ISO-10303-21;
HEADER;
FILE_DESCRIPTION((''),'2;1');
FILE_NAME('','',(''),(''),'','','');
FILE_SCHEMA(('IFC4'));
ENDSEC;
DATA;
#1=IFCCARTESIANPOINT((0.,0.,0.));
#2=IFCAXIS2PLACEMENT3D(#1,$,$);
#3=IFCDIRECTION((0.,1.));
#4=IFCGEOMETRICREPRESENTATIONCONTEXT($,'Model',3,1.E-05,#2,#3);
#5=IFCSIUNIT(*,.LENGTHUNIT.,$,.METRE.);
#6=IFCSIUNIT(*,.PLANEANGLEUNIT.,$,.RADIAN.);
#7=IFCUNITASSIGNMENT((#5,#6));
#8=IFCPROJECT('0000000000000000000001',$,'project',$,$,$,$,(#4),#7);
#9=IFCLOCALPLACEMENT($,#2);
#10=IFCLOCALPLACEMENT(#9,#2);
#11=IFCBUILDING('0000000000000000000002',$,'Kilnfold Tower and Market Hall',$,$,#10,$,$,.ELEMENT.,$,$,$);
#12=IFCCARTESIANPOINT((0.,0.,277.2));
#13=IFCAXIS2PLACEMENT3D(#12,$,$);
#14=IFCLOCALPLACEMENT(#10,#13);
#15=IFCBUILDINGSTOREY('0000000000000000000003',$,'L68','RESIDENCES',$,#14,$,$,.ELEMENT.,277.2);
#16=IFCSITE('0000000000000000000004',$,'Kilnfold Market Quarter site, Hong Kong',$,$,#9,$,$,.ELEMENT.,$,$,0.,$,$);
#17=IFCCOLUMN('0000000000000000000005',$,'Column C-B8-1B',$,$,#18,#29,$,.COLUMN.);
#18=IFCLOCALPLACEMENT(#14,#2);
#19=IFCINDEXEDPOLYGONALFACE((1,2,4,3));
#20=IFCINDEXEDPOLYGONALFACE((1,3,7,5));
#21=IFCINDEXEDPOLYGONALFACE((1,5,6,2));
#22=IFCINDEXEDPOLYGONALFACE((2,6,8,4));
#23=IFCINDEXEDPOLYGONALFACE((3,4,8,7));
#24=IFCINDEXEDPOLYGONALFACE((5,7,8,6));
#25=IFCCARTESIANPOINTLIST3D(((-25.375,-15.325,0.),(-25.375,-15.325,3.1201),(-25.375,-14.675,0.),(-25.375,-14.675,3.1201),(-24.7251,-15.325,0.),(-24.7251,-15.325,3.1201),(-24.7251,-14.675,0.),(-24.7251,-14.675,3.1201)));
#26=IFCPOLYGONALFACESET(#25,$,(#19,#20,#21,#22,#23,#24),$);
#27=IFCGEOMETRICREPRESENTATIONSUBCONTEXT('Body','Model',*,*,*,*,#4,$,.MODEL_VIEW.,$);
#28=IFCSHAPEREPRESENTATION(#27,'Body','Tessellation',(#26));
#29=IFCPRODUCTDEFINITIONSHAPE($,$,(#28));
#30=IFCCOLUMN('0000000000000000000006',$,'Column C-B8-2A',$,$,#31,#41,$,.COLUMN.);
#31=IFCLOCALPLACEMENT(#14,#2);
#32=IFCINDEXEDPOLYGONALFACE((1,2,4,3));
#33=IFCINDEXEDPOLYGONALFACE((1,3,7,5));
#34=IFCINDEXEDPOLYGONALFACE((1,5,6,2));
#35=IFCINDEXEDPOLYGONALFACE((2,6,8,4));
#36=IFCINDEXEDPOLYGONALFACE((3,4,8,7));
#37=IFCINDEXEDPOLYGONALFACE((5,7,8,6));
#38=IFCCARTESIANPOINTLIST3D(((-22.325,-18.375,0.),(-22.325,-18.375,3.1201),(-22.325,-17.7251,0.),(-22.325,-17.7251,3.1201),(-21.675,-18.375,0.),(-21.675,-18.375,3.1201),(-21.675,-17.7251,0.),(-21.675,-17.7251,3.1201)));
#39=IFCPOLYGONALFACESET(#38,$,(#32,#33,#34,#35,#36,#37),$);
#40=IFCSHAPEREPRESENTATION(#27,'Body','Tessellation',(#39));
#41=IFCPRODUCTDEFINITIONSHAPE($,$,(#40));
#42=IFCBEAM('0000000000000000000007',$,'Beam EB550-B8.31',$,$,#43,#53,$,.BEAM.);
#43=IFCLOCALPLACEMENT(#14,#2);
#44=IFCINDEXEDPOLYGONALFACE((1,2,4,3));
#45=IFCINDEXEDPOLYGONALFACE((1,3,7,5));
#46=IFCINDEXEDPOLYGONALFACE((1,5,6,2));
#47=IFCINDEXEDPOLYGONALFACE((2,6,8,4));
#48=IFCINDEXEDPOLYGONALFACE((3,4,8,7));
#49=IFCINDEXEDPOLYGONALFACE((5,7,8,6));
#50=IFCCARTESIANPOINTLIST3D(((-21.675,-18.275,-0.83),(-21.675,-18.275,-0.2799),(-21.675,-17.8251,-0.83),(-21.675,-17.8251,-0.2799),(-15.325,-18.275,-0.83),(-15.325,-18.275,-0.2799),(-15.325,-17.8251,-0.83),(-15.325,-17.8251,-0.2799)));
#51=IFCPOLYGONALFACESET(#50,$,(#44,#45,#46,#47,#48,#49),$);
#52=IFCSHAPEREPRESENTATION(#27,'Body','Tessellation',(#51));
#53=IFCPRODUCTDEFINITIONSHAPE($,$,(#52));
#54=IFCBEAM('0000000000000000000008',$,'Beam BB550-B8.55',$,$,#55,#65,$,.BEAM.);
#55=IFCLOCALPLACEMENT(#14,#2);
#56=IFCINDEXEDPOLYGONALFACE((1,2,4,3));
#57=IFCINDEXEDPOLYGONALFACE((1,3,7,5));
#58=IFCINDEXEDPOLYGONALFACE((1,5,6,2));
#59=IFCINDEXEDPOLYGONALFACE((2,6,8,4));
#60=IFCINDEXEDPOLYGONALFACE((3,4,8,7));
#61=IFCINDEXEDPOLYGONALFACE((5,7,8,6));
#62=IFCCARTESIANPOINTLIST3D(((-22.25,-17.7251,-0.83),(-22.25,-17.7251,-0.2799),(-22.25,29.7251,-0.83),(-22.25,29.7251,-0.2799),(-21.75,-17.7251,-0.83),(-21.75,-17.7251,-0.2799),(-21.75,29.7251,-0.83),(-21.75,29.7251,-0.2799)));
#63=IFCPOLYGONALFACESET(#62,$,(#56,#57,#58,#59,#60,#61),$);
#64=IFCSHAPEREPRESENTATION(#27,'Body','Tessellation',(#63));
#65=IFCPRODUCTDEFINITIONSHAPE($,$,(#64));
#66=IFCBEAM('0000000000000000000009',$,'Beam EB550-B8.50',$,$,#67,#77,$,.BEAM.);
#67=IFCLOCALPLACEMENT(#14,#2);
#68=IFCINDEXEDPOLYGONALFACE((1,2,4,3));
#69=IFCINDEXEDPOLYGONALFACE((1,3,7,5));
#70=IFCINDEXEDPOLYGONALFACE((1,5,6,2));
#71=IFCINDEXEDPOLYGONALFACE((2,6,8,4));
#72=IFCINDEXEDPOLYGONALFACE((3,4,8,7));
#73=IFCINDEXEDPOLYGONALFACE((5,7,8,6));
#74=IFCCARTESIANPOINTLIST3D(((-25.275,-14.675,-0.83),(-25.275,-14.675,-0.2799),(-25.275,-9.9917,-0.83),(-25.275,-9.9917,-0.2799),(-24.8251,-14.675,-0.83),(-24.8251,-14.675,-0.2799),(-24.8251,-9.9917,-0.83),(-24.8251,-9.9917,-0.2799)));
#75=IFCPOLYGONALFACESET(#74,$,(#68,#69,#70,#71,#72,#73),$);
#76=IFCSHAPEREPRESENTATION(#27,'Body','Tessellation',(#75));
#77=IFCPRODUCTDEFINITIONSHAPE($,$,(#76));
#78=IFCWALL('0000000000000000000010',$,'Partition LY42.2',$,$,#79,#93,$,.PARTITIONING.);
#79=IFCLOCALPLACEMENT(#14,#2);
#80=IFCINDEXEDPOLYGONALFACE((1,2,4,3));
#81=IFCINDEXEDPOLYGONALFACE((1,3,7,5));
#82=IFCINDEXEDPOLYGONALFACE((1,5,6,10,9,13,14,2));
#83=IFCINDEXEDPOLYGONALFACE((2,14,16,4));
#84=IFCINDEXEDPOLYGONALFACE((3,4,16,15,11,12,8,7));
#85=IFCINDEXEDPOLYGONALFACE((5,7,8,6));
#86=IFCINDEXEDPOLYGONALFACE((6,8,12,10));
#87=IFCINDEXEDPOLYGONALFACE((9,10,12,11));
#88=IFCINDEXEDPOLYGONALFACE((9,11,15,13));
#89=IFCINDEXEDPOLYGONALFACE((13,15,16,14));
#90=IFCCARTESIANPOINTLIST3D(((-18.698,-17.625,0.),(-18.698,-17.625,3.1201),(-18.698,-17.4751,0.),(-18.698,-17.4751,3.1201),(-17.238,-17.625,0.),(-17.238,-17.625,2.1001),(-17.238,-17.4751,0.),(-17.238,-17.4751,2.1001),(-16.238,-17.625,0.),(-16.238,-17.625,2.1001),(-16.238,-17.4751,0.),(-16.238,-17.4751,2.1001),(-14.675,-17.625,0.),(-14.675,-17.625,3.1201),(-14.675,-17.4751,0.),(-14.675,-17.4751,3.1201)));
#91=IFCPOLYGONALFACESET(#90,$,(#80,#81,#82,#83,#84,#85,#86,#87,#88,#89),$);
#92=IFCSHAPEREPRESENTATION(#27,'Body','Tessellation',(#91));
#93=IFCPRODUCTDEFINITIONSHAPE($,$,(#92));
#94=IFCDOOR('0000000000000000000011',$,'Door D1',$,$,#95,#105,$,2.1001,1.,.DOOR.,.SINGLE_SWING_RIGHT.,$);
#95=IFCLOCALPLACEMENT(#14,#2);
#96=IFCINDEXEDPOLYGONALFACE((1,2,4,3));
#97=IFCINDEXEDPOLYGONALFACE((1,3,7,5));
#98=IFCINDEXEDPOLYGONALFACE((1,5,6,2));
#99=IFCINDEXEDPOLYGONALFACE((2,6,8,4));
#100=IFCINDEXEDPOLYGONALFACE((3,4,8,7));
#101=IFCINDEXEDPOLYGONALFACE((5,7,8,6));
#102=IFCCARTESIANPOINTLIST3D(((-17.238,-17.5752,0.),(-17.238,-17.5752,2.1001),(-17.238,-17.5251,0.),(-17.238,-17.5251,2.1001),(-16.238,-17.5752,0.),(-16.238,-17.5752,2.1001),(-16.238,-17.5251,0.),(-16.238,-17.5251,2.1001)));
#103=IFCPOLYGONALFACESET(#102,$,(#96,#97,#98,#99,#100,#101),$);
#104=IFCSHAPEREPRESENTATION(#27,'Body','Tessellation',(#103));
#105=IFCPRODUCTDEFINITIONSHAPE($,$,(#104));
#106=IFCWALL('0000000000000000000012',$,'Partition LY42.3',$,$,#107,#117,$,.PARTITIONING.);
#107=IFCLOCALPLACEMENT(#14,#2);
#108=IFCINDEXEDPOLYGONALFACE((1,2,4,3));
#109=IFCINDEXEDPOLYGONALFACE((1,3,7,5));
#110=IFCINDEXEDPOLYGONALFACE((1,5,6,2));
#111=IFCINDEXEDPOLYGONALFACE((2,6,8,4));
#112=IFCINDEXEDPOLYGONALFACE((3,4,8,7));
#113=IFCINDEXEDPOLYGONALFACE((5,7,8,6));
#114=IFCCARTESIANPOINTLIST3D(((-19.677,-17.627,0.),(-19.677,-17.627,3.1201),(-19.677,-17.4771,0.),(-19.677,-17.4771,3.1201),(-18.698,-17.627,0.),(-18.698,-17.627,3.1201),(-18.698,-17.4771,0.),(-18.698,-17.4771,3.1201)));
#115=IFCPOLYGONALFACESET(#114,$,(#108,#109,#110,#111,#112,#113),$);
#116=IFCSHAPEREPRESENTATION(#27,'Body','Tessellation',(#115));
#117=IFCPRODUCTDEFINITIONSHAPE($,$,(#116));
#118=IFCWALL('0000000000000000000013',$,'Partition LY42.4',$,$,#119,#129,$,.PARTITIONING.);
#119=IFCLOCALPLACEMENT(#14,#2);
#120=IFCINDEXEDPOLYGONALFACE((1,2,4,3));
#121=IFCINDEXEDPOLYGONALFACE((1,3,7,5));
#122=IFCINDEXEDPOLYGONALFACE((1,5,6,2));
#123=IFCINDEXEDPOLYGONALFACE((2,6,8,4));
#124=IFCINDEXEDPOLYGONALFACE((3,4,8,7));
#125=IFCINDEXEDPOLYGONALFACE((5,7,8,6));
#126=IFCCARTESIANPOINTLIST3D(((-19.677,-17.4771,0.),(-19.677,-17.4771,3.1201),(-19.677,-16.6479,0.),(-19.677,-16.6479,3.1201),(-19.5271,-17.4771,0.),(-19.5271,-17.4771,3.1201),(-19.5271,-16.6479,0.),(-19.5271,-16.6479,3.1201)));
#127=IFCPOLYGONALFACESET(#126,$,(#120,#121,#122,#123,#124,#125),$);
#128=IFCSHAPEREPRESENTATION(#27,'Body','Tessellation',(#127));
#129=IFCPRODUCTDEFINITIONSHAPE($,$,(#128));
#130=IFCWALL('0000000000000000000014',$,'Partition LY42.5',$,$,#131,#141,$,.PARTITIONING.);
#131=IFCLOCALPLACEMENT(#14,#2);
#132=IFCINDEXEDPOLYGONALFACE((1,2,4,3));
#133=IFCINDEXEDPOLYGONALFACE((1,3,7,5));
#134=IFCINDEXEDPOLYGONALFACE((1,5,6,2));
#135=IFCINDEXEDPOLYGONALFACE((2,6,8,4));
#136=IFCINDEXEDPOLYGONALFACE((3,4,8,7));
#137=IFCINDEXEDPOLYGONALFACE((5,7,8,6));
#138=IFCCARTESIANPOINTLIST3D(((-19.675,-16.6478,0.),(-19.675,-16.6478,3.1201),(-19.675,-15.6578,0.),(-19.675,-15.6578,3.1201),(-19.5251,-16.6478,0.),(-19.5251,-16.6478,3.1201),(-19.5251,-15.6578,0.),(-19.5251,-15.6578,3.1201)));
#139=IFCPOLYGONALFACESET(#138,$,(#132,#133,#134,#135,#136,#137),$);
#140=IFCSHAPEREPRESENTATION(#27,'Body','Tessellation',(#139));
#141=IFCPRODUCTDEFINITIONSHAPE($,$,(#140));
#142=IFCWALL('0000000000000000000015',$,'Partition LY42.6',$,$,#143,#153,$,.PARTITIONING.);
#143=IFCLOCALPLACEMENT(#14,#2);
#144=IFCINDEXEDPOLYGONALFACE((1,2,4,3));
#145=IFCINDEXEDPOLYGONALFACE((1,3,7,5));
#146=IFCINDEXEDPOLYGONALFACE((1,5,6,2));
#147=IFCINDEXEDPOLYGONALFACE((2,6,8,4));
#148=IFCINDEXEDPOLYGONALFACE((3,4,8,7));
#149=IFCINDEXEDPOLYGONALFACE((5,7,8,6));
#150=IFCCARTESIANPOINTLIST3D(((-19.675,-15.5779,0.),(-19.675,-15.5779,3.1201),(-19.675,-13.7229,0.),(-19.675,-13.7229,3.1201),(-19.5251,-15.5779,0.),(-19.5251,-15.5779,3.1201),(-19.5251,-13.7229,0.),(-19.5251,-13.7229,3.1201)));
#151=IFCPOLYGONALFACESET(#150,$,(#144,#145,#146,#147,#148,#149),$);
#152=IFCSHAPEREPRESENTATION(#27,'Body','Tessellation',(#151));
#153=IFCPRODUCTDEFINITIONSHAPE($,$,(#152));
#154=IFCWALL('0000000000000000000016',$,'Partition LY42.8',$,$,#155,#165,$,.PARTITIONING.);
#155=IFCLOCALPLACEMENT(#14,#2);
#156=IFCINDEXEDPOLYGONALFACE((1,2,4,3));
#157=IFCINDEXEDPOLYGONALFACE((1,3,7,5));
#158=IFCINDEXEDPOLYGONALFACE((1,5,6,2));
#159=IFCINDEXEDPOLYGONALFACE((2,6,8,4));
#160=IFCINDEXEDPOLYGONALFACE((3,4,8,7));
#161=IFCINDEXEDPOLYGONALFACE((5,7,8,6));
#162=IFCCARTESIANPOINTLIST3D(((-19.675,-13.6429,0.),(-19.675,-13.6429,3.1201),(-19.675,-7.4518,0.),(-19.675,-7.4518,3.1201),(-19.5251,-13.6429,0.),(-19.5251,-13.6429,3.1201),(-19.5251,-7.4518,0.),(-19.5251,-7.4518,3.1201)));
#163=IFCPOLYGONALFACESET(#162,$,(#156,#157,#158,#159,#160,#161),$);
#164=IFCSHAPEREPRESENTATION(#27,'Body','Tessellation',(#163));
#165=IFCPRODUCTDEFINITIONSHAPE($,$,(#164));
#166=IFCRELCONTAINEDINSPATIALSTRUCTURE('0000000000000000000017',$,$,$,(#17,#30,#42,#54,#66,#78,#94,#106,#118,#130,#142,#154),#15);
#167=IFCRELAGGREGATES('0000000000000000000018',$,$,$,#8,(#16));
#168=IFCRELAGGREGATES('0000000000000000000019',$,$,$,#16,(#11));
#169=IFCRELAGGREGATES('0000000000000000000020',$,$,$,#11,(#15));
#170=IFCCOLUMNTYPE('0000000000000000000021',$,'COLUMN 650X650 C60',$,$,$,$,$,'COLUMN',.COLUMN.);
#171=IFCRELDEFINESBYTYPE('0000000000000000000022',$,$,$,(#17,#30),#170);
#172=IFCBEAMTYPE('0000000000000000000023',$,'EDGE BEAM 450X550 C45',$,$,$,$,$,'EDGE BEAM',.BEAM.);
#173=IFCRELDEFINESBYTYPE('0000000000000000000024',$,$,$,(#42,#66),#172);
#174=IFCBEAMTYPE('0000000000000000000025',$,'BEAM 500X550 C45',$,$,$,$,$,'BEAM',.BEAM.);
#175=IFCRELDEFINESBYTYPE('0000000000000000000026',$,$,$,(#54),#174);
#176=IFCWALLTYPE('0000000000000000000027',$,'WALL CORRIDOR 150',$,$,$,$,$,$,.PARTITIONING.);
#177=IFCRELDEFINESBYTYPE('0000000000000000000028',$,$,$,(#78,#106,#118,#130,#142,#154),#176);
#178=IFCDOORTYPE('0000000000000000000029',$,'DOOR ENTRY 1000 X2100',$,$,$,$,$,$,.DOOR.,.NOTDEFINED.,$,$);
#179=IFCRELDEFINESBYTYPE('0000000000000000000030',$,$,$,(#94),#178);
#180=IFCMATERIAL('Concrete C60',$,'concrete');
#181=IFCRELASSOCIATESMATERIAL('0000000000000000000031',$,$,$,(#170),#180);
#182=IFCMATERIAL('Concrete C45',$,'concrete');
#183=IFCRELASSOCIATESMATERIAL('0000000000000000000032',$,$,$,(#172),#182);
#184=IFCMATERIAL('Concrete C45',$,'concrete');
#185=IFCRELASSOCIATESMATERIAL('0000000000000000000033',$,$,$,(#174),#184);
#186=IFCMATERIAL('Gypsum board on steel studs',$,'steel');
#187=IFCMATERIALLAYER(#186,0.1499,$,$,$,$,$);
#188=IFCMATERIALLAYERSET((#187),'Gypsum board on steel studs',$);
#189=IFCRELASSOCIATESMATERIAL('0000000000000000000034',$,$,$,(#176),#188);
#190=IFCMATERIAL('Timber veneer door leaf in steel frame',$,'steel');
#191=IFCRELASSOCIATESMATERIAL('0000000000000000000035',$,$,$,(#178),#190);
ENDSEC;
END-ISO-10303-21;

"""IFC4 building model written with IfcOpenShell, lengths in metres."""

from ifc_helpers import new_model, si_unit, direction, frame, frame_2d, origin, origin_2d, place, context, subcontext, project, spatial, rectangle, extrude, source, transform, mapped, material, layer, layer_set, material_profile, profile_set, type_object, element, fill, save


model = new_model("IFC4")

# Units and contexts
model_context = context("Model", 3, precision=1e-05, world=origin(), true_north=direction((0.0, 1.0)))
body_context = subcontext(model_context, "Body", "Model", "MODEL_VIEW")
ifc_project = project(units=[si_unit("LENGTHUNIT", "METRE"), si_unit("PLANEANGLEUNIT", "RADIAN")], contexts=[model_context])

# Site, building, storey
site_placement = place(None, origin())
site = spatial("IfcSite", under=ifc_project, at=site_placement, Name="Kilnfold Market Quarter site, Hong Kong", CompositionType="ELEMENT", RefElevation=0.0)
building_placement = place(site_placement, origin())
building = spatial("IfcBuilding", under=site, at=building_placement, Name="Kilnfold Tower and Market Hall", CompositionType="ELEMENT")
storey_placement = place(building_placement, frame((0.0, 0.0, 277.2)))
storey = spatial("IfcBuildingStorey", under=building, at=storey_placement, Name="L68", Description="RESIDENCES", CompositionType="ELEMENT", Elevation=277.2)

# Columns
ifc_material_1 = material(Name="Concrete C60", Category="concrete")
ifc_material_profile_1 = material_profile(ifc_material_1, rectangle(XDim=0.6499, YDim=0.6499, at=origin_2d()), Name="RC 650x650")
ifc_profile_set_1 = profile_set([ifc_material_profile_1], Name="Concrete C60")
column_type = type_object("IfcColumnType", Name="COLUMN 650X650 C60", ElementType="COLUMN", PredefinedType="COLUMN", material=ifc_profile_set_1)
shared_shape_1 = source(origin(), body_context, "Body", "SweptSolid", [
    extrude(rectangle(XDim=0.6499, YDim=0.6499, at=origin_2d()), origin(), (0.0, 0.0, 1.0), 3.1201),
])
for number, where, z_axis, x_axis, name in (
    (1, (-25.05, -15.0, 0.0), (0.0, 0.0, 1.0), (1.0, 0.0, 0.0), "Column C-B8-1B"),
    (2, (-22.0, -18.05, 0.0), (0.0, 0.0, 1.0), (1.0, 0.0, 0.0), "Column C-B8-2A"),
):
    element("IfcColumn", number, at=place(storey_placement, frame(where, z_axis=z_axis, x_axis=x_axis)), inside=storey, type_object=column_type, Name=name, PredefinedType="COLUMN", context=body_context, shape_type="MappedRepresentation", body=[
        mapped(shared_shape_1, transform((0.0, 0.0, 0.0))),
    ])

# Beams
ifc_material_2 = material(Name="Concrete C45", Category="concrete")
ifc_material_profile_2 = material_profile(ifc_material_2, rectangle(XDim=0.45, YDim=0.55, at=origin_2d()), Name="RC 450x550")
ifc_profile_set_2 = profile_set([ifc_material_profile_2], Name="Concrete C45")
beam_type_1 = type_object("IfcBeamType", Name="EDGE BEAM 450X550 C45", ElementType="EDGE BEAM", PredefinedType="BEAM", material=ifc_profile_set_2)
shared_shape_2 = source(origin(), body_context, "Body", "SweptSolid", [
    extrude(rectangle(XDim=0.45, YDim=0.55, at=origin_2d()), origin(), (0.0, 0.0, 1.0), 6.3501),
])
beam_1_placement = place(storey_placement, frame((-21.675, -18.05, -0.5549), z_axis=(1.0, 0.0, 0.0), x_axis=(0.0, 1.0, 0.0)))
element("IfcBeam", 3, at=beam_1_placement, inside=storey, type_object=beam_type_1, Name="Beam EB550-B8.31", PredefinedType="BEAM", context=body_context, shape_type="MappedRepresentation", body=[
    mapped(shared_shape_2, transform((0.0, 0.0, 0.0))),
])
ifc_material_3 = material(Name="Concrete C45", Category="concrete")
ifc_material_profile_3 = material_profile(ifc_material_3, rectangle(XDim=0.5, YDim=0.55, at=origin_2d()), Name="RC 500x550")
ifc_profile_set_3 = profile_set([ifc_material_profile_3], Name="Concrete C45")
beam_type_2 = type_object("IfcBeamType", Name="BEAM 500X550 C45", ElementType="BEAM", PredefinedType="BEAM", material=ifc_profile_set_3)
shared_shape_3 = source(origin(), body_context, "Body", "SweptSolid", [
    extrude(rectangle(XDim=0.5, YDim=0.55, at=origin_2d()), origin(), (0.0, 0.0, 1.0), 47.4502),
])
beam_2_placement = place(storey_placement, frame((-22.0, -17.7251, -0.5549), z_axis=(0.0, 1.0, 0.0), x_axis=(-1.0, 0.0, 0.0)))
element("IfcBeam", 4, at=beam_2_placement, inside=storey, type_object=beam_type_2, Name="Beam BB550-B8.55", PredefinedType="BEAM", context=body_context, shape_type="MappedRepresentation", body=[
    mapped(shared_shape_3, transform((0.0, 0.0, 0.0))),
])
shared_shape_4 = source(origin(), body_context, "Body", "SweptSolid", [
    extrude(rectangle(XDim=0.45, YDim=0.55, at=origin_2d()), origin(), (0.0, 0.0, 1.0), 4.6833),
])
beam_3_placement = place(storey_placement, frame((-25.05, -14.675, -0.5549), z_axis=(0.0, 1.0, 0.0), x_axis=(-1.0, 0.0, 0.0)))
element("IfcBeam", 5, at=beam_3_placement, inside=storey, type_object=beam_type_1, Name="Beam EB550-B8.50", PredefinedType="BEAM", context=body_context, shape_type="MappedRepresentation", body=[
    mapped(shared_shape_4, transform((0.0, 0.0, 0.0))),
])

# Wall, opening, door
ifc_material_4 = material(Name="Gypsum board on steel studs", Category="steel")
ifc_layer_1 = layer(ifc_material_4, 0.1499)
ifc_layer_set_1 = layer_set([ifc_layer_1], Name="Gypsum board on steel studs")
wall_type_1 = type_object("IfcWallType", Name="WALL CORRIDOR 150", PredefinedType="PARTITIONING", material=ifc_layer_set_1)
wall_1_placement = place(storey_placement, frame((-18.698, -17.55, 0.0), z_axis=(0.0, 0.0, 1.0), x_axis=(1.0, 0.0, 0.0)))
wall_1 = element("IfcWall", 6, at=wall_1_placement, inside=storey, type_object=wall_type_1, Name="Partition LY42.2", PredefinedType="PARTITIONING", context=body_context, shape_type="SweptSolid", body=[
    extrude(rectangle(XDim=4.0229, YDim=0.1499, at=frame_2d((2.0115, 0.0))), origin(), (0.0, 0.0, 1.0), 3.1201),
])
opening_1_placement = place(wall_1_placement, frame((1.46, 0.0, 0.0)))
opening_1 = element("IfcOpeningElement", 7, at=opening_1_placement, cuts=wall_1, PredefinedType="OPENING", context=body_context, shape_type="SweptSolid", body=[
    extrude(rectangle(XDim=1.0, YDim=2.1001, at=frame_2d((0.5, 1.05))), frame((0.0, 0.085, 0.0), z_axis=(0.0, -1.0, 0.0), x_axis=(1.0, 0.0, 0.0)), (0.0, 0.0, 1.0), 0.1699),
])
ifc_material_5 = material(Name="Timber veneer door leaf in steel frame", Category="steel")
door_type_1 = type_object("IfcDoorType", Name="DOOR ENTRY 1000 X2100", OperationType="NOTDEFINED", PredefinedType="DOOR", material=ifc_material_5)
door_1_placement = place(opening_1_placement, origin())
door_1 = element("IfcDoor", 8, at=door_1_placement, inside=storey, type_object=door_type_1, Name="Door D1", OperationType="SINGLE_SWING_RIGHT", OverallHeight=2.1001, OverallWidth=1.0, PredefinedType="DOOR", context=body_context, shape_type="SweptSolid", body=[
    extrude(rectangle(XDim=1.0, YDim=2.1001, at=frame_2d((0.5, 1.05))), frame((0.0, 0.0249, 0.0), z_axis=(0.0, -1.0, 0.0), x_axis=(1.0, 0.0, 0.0)), (0.0, 0.0, 1.0), 0.05),
])
fill(opening_1, door_1)

# Walls
wall_2_placement = place(storey_placement, frame((-19.677, -17.552, 0.0), z_axis=(0.0, 0.0, 1.0), x_axis=(1.0, 0.0, 0.0)))
element("IfcWall", 9, at=wall_2_placement, inside=storey, type_object=wall_type_1, Name="Partition LY42.3", PredefinedType="PARTITIONING", context=body_context, shape_type="SweptSolid", body=[
    extrude(rectangle(XDim=0.979, YDim=0.1499, at=frame_2d((0.4895, 0.0))), origin(), (0.0, 0.0, 1.0), 3.1201),
])
wall_3_placement = place(storey_placement, frame((-19.6021, -17.4771, 0.0), z_axis=(0.0, 0.0, 1.0), x_axis=(0.0, 1.0, 0.0)))
element("IfcWall", 10, at=wall_3_placement, inside=storey, type_object=wall_type_1, Name="Partition LY42.4", PredefinedType="PARTITIONING", context=body_context, shape_type="SweptSolid", body=[
    extrude(rectangle(XDim=0.8291, YDim=0.1499, at=frame_2d((0.4146, 0.0))), origin(), (0.0, 0.0, 1.0), 3.1201),
])
wall_4_placement = place(storey_placement, frame((-19.6001, -16.6479, 0.0), z_axis=(0.0, 0.0, 1.0), x_axis=(0.0, 1.0, 0.0)))
element("IfcWall", 11, at=wall_4_placement, inside=storey, type_object=wall_type_1, Name="Partition LY42.5", PredefinedType="PARTITIONING", context=body_context, shape_type="SweptSolid", body=[
    extrude(rectangle(XDim=0.99, YDim=0.1499, at=frame_2d((0.4951, 0.0))), origin(), (0.0, 0.0, 1.0), 3.1201),
])
wall_5_placement = place(storey_placement, frame((-19.6001, -15.5779, 0.0), z_axis=(0.0, 0.0, 1.0), x_axis=(0.0, 1.0, 0.0)))
element("IfcWall", 12, at=wall_5_placement, inside=storey, type_object=wall_type_1, Name="Partition LY42.6", PredefinedType="PARTITIONING", context=body_context, shape_type="SweptSolid", body=[
    extrude(rectangle(XDim=1.855, YDim=0.1499, at=frame_2d((0.9275, 0.0))), origin(), (0.0, 0.0, 1.0), 3.1201),
])
wall_6_placement = place(storey_placement, frame((-19.6001, -13.6431, 0.0), z_axis=(0.0, 0.0, 1.0), x_axis=(0.0, 1.0, 0.0)))
element("IfcWall", 13, at=wall_6_placement, inside=storey, type_object=wall_type_1, Name="Partition LY42.8", PredefinedType="PARTITIONING", context=body_context, shape_type="SweptSolid", body=[
    extrude(rectangle(XDim=6.1912, YDim=0.1499, at=frame_2d((3.0957, 0.0))), origin(), (0.0, 0.0, 1.0), 3.1201),
])

save(model, "model.ifc")
